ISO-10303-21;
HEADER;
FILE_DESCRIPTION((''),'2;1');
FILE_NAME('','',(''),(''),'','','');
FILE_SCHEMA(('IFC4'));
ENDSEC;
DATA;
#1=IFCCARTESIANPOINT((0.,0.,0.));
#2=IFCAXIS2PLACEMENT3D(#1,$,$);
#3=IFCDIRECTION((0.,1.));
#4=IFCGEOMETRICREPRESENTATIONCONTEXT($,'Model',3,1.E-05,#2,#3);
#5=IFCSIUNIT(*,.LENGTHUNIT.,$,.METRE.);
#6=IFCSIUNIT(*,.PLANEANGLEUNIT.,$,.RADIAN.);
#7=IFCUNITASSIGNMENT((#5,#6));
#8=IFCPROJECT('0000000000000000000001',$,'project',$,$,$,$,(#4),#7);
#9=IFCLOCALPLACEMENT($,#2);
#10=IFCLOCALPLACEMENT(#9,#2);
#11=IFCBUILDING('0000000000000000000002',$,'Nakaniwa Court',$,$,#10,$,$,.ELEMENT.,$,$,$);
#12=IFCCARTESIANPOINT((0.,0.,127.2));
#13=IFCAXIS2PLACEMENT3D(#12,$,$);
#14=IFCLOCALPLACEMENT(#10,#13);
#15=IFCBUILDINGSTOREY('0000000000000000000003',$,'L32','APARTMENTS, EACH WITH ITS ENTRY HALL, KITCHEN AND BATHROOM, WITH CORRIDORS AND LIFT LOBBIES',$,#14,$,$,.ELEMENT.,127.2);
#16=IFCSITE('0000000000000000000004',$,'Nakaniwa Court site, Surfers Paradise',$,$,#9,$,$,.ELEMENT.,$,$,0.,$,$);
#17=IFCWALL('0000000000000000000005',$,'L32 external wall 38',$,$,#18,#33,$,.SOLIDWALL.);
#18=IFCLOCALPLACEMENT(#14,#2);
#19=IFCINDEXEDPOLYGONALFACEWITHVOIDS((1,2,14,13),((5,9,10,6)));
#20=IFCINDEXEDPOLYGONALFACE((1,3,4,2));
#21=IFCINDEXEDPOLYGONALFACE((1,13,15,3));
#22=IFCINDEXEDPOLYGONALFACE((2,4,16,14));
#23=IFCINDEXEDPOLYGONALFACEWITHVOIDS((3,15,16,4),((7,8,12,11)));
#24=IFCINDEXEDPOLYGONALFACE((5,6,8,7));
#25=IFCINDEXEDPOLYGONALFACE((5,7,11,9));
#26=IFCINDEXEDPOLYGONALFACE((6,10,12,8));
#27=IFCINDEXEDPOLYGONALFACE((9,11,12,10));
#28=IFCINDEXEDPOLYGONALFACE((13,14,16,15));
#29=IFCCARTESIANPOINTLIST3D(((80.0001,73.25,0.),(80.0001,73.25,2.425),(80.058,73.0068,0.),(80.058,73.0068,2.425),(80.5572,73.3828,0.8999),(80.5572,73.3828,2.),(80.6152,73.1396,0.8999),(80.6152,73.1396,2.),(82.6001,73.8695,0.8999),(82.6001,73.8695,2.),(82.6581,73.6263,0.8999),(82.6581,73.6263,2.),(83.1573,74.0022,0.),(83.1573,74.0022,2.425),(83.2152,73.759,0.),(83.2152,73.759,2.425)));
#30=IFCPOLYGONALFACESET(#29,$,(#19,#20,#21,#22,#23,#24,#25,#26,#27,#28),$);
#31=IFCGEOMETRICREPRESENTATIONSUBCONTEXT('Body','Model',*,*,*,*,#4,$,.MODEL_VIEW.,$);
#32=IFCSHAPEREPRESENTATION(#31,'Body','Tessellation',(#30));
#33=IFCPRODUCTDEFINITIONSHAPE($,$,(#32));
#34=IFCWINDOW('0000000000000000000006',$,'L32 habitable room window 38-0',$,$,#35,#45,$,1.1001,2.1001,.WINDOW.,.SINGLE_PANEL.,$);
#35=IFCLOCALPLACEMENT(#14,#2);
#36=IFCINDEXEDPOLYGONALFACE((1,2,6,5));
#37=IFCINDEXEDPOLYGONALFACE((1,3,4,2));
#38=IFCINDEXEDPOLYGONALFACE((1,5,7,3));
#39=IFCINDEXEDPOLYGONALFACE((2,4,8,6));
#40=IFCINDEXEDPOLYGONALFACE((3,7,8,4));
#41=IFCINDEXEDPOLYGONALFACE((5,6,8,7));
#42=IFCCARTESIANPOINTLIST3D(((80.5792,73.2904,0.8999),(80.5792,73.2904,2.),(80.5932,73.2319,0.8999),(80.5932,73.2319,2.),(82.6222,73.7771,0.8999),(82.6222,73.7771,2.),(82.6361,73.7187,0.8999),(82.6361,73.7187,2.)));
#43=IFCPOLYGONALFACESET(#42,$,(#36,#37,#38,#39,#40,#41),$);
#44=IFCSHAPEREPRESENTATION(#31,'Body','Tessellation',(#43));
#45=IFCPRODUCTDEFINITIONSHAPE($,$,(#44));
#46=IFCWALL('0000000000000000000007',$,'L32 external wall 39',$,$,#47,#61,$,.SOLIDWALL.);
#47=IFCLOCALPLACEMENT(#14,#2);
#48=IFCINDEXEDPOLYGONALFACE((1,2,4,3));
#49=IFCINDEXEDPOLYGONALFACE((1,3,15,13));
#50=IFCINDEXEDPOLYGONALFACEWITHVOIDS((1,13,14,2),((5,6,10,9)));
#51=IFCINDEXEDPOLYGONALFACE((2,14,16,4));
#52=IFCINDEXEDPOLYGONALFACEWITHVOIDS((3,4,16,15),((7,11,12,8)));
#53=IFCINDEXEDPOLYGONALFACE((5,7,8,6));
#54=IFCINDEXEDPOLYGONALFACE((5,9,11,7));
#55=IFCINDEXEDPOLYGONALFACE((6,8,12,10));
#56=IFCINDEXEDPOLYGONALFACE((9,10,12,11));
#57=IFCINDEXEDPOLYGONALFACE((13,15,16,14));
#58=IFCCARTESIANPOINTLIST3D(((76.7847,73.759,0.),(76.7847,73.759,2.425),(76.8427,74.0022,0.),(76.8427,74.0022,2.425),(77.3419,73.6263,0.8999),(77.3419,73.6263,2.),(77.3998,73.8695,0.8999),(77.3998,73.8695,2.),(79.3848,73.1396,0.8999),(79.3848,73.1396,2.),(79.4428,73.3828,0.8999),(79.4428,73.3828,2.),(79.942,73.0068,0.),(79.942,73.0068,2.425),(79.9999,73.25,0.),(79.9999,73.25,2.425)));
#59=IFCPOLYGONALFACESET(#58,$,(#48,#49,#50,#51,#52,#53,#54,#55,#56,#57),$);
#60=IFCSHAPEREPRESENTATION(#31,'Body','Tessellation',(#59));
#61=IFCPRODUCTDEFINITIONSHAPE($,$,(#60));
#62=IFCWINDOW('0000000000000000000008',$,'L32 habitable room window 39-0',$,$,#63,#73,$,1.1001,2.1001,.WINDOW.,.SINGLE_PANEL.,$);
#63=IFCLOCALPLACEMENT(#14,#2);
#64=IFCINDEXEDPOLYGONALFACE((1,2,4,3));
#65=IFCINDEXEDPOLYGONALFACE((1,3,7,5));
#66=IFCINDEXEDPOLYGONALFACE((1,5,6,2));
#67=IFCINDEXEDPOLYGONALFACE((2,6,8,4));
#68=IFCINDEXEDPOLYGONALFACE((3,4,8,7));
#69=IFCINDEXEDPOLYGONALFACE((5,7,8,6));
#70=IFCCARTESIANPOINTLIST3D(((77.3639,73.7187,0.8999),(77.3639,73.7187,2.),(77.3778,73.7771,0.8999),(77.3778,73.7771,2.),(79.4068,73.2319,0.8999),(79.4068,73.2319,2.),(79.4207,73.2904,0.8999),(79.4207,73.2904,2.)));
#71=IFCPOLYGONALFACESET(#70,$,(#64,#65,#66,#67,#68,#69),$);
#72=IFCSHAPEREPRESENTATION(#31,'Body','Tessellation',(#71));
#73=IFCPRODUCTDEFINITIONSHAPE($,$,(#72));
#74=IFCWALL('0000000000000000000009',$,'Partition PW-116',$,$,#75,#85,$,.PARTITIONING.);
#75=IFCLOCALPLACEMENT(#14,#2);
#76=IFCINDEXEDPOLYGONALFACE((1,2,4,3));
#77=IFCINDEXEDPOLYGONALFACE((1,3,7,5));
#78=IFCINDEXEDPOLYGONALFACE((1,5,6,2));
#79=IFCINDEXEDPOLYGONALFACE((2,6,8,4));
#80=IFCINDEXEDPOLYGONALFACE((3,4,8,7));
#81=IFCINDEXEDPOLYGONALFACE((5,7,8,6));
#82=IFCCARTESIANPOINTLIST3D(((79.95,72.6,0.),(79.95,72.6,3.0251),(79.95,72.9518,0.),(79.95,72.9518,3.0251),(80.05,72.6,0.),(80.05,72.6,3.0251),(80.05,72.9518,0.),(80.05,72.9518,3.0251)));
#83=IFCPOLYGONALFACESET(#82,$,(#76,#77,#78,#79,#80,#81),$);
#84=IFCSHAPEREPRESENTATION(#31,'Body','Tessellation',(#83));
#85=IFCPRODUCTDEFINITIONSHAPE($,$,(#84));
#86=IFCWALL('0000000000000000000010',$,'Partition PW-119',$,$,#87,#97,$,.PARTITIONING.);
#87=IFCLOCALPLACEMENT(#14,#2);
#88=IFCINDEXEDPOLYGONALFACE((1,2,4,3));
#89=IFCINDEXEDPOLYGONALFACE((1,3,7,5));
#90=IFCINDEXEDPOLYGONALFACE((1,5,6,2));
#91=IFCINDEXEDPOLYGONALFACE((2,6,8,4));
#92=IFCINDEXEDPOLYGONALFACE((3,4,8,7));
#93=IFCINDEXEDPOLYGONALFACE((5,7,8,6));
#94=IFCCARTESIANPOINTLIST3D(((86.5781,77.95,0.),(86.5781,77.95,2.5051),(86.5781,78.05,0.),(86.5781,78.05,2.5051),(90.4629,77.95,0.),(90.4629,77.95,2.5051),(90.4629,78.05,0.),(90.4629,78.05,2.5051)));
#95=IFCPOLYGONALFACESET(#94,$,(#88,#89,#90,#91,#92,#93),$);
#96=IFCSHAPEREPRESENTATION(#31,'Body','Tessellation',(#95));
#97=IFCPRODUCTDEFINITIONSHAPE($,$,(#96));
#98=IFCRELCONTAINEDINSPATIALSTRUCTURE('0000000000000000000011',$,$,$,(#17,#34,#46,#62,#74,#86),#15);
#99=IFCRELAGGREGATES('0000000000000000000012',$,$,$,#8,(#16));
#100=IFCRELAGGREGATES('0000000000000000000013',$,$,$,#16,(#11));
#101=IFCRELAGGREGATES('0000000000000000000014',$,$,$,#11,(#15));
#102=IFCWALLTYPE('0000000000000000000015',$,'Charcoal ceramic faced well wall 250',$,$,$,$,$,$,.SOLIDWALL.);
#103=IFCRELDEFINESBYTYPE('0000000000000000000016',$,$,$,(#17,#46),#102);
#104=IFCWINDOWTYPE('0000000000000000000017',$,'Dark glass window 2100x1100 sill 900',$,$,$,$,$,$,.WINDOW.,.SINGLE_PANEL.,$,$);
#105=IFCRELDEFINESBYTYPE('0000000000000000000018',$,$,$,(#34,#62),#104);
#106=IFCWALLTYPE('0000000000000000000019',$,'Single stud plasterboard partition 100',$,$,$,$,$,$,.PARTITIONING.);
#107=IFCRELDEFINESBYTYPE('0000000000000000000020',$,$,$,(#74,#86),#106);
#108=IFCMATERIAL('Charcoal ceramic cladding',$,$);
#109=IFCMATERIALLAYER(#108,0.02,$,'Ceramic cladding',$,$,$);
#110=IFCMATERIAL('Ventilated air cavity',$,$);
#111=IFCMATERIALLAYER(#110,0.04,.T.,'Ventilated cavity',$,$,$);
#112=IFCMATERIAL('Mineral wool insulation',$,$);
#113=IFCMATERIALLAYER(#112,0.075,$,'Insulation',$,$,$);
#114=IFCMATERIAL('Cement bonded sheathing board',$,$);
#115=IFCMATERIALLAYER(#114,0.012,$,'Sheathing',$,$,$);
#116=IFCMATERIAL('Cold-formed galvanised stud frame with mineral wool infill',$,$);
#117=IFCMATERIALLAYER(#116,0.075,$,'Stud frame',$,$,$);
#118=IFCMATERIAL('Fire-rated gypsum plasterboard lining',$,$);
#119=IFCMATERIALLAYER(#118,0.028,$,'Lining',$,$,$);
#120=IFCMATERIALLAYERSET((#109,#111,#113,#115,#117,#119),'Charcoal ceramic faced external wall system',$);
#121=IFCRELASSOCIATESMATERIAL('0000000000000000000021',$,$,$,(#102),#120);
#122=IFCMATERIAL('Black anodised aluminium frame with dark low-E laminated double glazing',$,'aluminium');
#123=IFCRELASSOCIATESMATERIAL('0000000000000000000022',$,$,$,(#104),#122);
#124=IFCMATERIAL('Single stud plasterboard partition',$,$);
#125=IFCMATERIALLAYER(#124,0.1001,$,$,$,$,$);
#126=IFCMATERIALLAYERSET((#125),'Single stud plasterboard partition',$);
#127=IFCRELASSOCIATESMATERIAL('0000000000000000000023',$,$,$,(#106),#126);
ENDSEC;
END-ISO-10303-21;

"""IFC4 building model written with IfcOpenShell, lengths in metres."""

from ifc_helpers import new_model, si_unit, direction, frame, frame_2d, origin, place, context, subcontext, project, spatial, rectangle, extrude, material, layer, layer_set, type_object, element, fill, save


model = new_model("IFC4")

# Units and contexts
model_context = context("Model", 3, precision=1e-05, world=origin(), true_north=direction((0.0, 1.0)))
body_context = subcontext(model_context, "Body", "Model", "MODEL_VIEW")
ifc_project = project(units=[si_unit("LENGTHUNIT", "METRE"), si_unit("PLANEANGLEUNIT", "RADIAN")], contexts=[model_context])

# Site, building, storey
site_placement = place(None, origin())
site = spatial("IfcSite", under=ifc_project, at=site_placement, Name="Nakaniwa Court site, Surfers Paradise", CompositionType="ELEMENT", RefElevation=0.0)
building_placement = place(site_placement, origin())
building = spatial("IfcBuilding", under=site, at=building_placement, Name="Nakaniwa Court", CompositionType="ELEMENT")
storey_placement = place(building_placement, frame((0.0, 0.0, 127.2)))
storey = spatial("IfcBuildingStorey", under=building, at=storey_placement, Name="L32", Description="APARTMENTS, EACH WITH ITS ENTRY HALL, KITCHEN AND BATHROOM, WITH CORRIDORS AND LIFT LOBBIES", CompositionType="ELEMENT", Elevation=127.2)

# Shared definitions
ifc_material_1 = material(Name="Charcoal ceramic cladding")
ifc_layer_1 = layer(ifc_material_1, 0.02, Name="Ceramic cladding")
ifc_material_2 = material(Name="Ventilated air cavity")
ifc_layer_2 = layer(ifc_material_2, 0.04, ventilated=True, Name="Ventilated cavity")
ifc_material_3 = material(Name="Mineral wool insulation")
ifc_layer_3 = layer(ifc_material_3, 0.075, Name="Insulation")
ifc_material_4 = material(Name="Cement bonded sheathing board")
ifc_layer_4 = layer(ifc_material_4, 0.012, Name="Sheathing")
ifc_material_5 = material(Name="Cold-formed galvanised stud frame with mineral wool infill")
ifc_layer_5 = layer(ifc_material_5, 0.075, Name="Stud frame")
ifc_material_6 = material(Name="Fire-rated gypsum plasterboard lining")
ifc_layer_6 = layer(ifc_material_6, 0.028, Name="Lining")
ifc_layer_set_1 = layer_set([ifc_layer_1, ifc_layer_2, ifc_layer_3, ifc_layer_4, ifc_layer_5, ifc_layer_6], Name="Charcoal ceramic faced external wall system")
wall_type_1 = type_object("IfcWallType", Name="Charcoal ceramic faced well wall 250", PredefinedType="SOLIDWALL", material=ifc_layer_set_1)
ifc_material_7 = material(Name="Black anodised aluminium frame with dark low-E laminated double glazing", Category="aluminium")

# Walls, openings, windows
window_type_1 = type_object("IfcWindowType", Name="Dark glass window 2100x1100 sill 900", PartitioningType="SINGLE_PANEL", PredefinedType="WINDOW", material=ifc_material_7)
wall_1_placement = place(storey_placement, frame((83.1863, 73.8806, 0.0), z_axis=(0.0, 0.0, 1.0), x_axis=(-0.972773, -0.23176, 0.0)))
wall_1 = element("IfcWall", 1, at=wall_1_placement, inside=storey, type_object=wall_type_1, Name="L32 external wall 38", PredefinedType="SOLIDWALL", context=body_context, shape_type="SweptSolid", body=[
    extrude(rectangle(XDim=3.2456, YDim=0.25, at=frame_2d((1.6228, 0.0))), origin(), (0.0, 0.0, 1.0), 2.425),
])
opening_1_placement = place(wall_1_placement, frame((0.5728, 0.0, 0.8999)))
opening_1 = element("IfcOpeningElement", 2, at=opening_1_placement, cuts=wall_1, PredefinedType="OPENING", context=body_context, shape_type="SweptSolid", body=[
    extrude(rectangle(XDim=2.1001, YDim=1.1001, at=frame_2d((1.05, 0.55))), frame((0.0, 0.135, 0.0), z_axis=(0.0, -1.0, 0.0), x_axis=(1.0, 0.0, 0.0)), (0.0, 0.0, 1.0), 0.27),
])
window_1_placement = place(opening_1_placement, origin())
window_1 = element("IfcWindow", 3, at=window_1_placement, inside=storey, type_object=window_type_1, Name="L32 habitable room window 38-0", OverallHeight=1.1001, OverallWidth=2.1001, PartitioningType="SINGLE_PANEL", PredefinedType="WINDOW", context=body_context, shape_type="SweptSolid", body=[
    extrude(rectangle(XDim=2.1001, YDim=1.1001, at=frame_2d((1.05, 0.55))), frame((0.0, 0.03, 0.0), z_axis=(0.0, -1.0, 0.0), x_axis=(1.0, 0.0, 0.0)), (0.0, 0.0, 1.0), 0.0601),
])
fill(opening_1, window_1)
wall_2_placement = place(storey_placement, frame((79.9709, 73.1284, 0.0), z_axis=(0.0, 0.0, 1.0), x_axis=(-0.972773, 0.23176, 0.0)))
wall_2 = element("IfcWall", 4, at=wall_2_placement, inside=storey, type_object=wall_type_1, Name="L32 external wall 39", PredefinedType="SOLIDWALL", context=body_context, shape_type="SweptSolid", body=[
    extrude(rectangle(XDim=3.2456, YDim=0.25, at=frame_2d((1.6228, 0.0))), origin(), (0.0, 0.0, 1.0), 2.425),
])
opening_2_placement = place(wall_2_placement, frame((0.5728, 0.0, 0.8999)))
opening_2 = element("IfcOpeningElement", 5, at=opening_2_placement, cuts=wall_2, PredefinedType="OPENING", context=body_context, shape_type="SweptSolid", body=[
    extrude(rectangle(XDim=2.1001, YDim=1.1001, at=frame_2d((1.05, 0.55))), frame((0.0, 0.135, 0.0), z_axis=(0.0, -1.0, 0.0), x_axis=(1.0, 0.0, 0.0)), (0.0, 0.0, 1.0), 0.27),
])
window_2_placement = place(opening_2_placement, origin())
window_2 = element("IfcWindow", 6, at=window_2_placement, inside=storey, type_object=window_type_1, Name="L32 habitable room window 39-0", OverallHeight=1.1001, OverallWidth=2.1001, PartitioningType="SINGLE_PANEL", PredefinedType="WINDOW", context=body_context, shape_type="SweptSolid", body=[
    extrude(rectangle(XDim=2.1001, YDim=1.1001, at=frame_2d((1.05, 0.55))), frame((0.0, 0.03, 0.0), z_axis=(0.0, -1.0, 0.0), x_axis=(1.0, 0.0, 0.0)), (0.0, 0.0, 1.0), 0.0601),
])
fill(opening_2, window_2)

# Walls
ifc_material_8 = material(Name="Single stud plasterboard partition")
ifc_layer_7 = layer(ifc_material_8, 0.1001)
ifc_layer_set_2 = layer_set([ifc_layer_7], Name="Single stud plasterboard partition")
wall_type_2 = type_object("IfcWallType", Name="Single stud plasterboard partition 100", PredefinedType="PARTITIONING", material=ifc_layer_set_2)
wall_3_placement = place(storey_placement, frame((80.0, 72.6001, 0.0), z_axis=(0.0, 0.0, 1.0), x_axis=(0.0, 1.0, 0.0)))
element("IfcWall", 7, at=wall_3_placement, inside=storey, type_object=wall_type_2, Name="Partition PW-116", PredefinedType="PARTITIONING", context=body_context, shape_type="SweptSolid", body=[
    extrude(rectangle(XDim=0.3518, YDim=0.1001, at=frame_2d((0.1758, 0.0))), origin(), (0.0, 0.0, 1.0), 3.0251),
])
wall_4_placement = place(storey_placement, frame((86.5781, 78.0, 0.0), z_axis=(0.0, 0.0, 1.0), x_axis=(1.0, 0.0, 0.0)))
element("IfcWall", 8, at=wall_4_placement, inside=storey, type_object=wall_type_2, Name="Partition PW-119", PredefinedType="PARTITIONING", context=body_context, shape_type="SweptSolid", body=[
    extrude(rectangle(XDim=3.8848, YDim=0.1001, at=frame_2d((1.9424, 0.0))), origin(), (0.0, 0.0, 1.0), 2.5051),
])

save(model, "model.ifc")
